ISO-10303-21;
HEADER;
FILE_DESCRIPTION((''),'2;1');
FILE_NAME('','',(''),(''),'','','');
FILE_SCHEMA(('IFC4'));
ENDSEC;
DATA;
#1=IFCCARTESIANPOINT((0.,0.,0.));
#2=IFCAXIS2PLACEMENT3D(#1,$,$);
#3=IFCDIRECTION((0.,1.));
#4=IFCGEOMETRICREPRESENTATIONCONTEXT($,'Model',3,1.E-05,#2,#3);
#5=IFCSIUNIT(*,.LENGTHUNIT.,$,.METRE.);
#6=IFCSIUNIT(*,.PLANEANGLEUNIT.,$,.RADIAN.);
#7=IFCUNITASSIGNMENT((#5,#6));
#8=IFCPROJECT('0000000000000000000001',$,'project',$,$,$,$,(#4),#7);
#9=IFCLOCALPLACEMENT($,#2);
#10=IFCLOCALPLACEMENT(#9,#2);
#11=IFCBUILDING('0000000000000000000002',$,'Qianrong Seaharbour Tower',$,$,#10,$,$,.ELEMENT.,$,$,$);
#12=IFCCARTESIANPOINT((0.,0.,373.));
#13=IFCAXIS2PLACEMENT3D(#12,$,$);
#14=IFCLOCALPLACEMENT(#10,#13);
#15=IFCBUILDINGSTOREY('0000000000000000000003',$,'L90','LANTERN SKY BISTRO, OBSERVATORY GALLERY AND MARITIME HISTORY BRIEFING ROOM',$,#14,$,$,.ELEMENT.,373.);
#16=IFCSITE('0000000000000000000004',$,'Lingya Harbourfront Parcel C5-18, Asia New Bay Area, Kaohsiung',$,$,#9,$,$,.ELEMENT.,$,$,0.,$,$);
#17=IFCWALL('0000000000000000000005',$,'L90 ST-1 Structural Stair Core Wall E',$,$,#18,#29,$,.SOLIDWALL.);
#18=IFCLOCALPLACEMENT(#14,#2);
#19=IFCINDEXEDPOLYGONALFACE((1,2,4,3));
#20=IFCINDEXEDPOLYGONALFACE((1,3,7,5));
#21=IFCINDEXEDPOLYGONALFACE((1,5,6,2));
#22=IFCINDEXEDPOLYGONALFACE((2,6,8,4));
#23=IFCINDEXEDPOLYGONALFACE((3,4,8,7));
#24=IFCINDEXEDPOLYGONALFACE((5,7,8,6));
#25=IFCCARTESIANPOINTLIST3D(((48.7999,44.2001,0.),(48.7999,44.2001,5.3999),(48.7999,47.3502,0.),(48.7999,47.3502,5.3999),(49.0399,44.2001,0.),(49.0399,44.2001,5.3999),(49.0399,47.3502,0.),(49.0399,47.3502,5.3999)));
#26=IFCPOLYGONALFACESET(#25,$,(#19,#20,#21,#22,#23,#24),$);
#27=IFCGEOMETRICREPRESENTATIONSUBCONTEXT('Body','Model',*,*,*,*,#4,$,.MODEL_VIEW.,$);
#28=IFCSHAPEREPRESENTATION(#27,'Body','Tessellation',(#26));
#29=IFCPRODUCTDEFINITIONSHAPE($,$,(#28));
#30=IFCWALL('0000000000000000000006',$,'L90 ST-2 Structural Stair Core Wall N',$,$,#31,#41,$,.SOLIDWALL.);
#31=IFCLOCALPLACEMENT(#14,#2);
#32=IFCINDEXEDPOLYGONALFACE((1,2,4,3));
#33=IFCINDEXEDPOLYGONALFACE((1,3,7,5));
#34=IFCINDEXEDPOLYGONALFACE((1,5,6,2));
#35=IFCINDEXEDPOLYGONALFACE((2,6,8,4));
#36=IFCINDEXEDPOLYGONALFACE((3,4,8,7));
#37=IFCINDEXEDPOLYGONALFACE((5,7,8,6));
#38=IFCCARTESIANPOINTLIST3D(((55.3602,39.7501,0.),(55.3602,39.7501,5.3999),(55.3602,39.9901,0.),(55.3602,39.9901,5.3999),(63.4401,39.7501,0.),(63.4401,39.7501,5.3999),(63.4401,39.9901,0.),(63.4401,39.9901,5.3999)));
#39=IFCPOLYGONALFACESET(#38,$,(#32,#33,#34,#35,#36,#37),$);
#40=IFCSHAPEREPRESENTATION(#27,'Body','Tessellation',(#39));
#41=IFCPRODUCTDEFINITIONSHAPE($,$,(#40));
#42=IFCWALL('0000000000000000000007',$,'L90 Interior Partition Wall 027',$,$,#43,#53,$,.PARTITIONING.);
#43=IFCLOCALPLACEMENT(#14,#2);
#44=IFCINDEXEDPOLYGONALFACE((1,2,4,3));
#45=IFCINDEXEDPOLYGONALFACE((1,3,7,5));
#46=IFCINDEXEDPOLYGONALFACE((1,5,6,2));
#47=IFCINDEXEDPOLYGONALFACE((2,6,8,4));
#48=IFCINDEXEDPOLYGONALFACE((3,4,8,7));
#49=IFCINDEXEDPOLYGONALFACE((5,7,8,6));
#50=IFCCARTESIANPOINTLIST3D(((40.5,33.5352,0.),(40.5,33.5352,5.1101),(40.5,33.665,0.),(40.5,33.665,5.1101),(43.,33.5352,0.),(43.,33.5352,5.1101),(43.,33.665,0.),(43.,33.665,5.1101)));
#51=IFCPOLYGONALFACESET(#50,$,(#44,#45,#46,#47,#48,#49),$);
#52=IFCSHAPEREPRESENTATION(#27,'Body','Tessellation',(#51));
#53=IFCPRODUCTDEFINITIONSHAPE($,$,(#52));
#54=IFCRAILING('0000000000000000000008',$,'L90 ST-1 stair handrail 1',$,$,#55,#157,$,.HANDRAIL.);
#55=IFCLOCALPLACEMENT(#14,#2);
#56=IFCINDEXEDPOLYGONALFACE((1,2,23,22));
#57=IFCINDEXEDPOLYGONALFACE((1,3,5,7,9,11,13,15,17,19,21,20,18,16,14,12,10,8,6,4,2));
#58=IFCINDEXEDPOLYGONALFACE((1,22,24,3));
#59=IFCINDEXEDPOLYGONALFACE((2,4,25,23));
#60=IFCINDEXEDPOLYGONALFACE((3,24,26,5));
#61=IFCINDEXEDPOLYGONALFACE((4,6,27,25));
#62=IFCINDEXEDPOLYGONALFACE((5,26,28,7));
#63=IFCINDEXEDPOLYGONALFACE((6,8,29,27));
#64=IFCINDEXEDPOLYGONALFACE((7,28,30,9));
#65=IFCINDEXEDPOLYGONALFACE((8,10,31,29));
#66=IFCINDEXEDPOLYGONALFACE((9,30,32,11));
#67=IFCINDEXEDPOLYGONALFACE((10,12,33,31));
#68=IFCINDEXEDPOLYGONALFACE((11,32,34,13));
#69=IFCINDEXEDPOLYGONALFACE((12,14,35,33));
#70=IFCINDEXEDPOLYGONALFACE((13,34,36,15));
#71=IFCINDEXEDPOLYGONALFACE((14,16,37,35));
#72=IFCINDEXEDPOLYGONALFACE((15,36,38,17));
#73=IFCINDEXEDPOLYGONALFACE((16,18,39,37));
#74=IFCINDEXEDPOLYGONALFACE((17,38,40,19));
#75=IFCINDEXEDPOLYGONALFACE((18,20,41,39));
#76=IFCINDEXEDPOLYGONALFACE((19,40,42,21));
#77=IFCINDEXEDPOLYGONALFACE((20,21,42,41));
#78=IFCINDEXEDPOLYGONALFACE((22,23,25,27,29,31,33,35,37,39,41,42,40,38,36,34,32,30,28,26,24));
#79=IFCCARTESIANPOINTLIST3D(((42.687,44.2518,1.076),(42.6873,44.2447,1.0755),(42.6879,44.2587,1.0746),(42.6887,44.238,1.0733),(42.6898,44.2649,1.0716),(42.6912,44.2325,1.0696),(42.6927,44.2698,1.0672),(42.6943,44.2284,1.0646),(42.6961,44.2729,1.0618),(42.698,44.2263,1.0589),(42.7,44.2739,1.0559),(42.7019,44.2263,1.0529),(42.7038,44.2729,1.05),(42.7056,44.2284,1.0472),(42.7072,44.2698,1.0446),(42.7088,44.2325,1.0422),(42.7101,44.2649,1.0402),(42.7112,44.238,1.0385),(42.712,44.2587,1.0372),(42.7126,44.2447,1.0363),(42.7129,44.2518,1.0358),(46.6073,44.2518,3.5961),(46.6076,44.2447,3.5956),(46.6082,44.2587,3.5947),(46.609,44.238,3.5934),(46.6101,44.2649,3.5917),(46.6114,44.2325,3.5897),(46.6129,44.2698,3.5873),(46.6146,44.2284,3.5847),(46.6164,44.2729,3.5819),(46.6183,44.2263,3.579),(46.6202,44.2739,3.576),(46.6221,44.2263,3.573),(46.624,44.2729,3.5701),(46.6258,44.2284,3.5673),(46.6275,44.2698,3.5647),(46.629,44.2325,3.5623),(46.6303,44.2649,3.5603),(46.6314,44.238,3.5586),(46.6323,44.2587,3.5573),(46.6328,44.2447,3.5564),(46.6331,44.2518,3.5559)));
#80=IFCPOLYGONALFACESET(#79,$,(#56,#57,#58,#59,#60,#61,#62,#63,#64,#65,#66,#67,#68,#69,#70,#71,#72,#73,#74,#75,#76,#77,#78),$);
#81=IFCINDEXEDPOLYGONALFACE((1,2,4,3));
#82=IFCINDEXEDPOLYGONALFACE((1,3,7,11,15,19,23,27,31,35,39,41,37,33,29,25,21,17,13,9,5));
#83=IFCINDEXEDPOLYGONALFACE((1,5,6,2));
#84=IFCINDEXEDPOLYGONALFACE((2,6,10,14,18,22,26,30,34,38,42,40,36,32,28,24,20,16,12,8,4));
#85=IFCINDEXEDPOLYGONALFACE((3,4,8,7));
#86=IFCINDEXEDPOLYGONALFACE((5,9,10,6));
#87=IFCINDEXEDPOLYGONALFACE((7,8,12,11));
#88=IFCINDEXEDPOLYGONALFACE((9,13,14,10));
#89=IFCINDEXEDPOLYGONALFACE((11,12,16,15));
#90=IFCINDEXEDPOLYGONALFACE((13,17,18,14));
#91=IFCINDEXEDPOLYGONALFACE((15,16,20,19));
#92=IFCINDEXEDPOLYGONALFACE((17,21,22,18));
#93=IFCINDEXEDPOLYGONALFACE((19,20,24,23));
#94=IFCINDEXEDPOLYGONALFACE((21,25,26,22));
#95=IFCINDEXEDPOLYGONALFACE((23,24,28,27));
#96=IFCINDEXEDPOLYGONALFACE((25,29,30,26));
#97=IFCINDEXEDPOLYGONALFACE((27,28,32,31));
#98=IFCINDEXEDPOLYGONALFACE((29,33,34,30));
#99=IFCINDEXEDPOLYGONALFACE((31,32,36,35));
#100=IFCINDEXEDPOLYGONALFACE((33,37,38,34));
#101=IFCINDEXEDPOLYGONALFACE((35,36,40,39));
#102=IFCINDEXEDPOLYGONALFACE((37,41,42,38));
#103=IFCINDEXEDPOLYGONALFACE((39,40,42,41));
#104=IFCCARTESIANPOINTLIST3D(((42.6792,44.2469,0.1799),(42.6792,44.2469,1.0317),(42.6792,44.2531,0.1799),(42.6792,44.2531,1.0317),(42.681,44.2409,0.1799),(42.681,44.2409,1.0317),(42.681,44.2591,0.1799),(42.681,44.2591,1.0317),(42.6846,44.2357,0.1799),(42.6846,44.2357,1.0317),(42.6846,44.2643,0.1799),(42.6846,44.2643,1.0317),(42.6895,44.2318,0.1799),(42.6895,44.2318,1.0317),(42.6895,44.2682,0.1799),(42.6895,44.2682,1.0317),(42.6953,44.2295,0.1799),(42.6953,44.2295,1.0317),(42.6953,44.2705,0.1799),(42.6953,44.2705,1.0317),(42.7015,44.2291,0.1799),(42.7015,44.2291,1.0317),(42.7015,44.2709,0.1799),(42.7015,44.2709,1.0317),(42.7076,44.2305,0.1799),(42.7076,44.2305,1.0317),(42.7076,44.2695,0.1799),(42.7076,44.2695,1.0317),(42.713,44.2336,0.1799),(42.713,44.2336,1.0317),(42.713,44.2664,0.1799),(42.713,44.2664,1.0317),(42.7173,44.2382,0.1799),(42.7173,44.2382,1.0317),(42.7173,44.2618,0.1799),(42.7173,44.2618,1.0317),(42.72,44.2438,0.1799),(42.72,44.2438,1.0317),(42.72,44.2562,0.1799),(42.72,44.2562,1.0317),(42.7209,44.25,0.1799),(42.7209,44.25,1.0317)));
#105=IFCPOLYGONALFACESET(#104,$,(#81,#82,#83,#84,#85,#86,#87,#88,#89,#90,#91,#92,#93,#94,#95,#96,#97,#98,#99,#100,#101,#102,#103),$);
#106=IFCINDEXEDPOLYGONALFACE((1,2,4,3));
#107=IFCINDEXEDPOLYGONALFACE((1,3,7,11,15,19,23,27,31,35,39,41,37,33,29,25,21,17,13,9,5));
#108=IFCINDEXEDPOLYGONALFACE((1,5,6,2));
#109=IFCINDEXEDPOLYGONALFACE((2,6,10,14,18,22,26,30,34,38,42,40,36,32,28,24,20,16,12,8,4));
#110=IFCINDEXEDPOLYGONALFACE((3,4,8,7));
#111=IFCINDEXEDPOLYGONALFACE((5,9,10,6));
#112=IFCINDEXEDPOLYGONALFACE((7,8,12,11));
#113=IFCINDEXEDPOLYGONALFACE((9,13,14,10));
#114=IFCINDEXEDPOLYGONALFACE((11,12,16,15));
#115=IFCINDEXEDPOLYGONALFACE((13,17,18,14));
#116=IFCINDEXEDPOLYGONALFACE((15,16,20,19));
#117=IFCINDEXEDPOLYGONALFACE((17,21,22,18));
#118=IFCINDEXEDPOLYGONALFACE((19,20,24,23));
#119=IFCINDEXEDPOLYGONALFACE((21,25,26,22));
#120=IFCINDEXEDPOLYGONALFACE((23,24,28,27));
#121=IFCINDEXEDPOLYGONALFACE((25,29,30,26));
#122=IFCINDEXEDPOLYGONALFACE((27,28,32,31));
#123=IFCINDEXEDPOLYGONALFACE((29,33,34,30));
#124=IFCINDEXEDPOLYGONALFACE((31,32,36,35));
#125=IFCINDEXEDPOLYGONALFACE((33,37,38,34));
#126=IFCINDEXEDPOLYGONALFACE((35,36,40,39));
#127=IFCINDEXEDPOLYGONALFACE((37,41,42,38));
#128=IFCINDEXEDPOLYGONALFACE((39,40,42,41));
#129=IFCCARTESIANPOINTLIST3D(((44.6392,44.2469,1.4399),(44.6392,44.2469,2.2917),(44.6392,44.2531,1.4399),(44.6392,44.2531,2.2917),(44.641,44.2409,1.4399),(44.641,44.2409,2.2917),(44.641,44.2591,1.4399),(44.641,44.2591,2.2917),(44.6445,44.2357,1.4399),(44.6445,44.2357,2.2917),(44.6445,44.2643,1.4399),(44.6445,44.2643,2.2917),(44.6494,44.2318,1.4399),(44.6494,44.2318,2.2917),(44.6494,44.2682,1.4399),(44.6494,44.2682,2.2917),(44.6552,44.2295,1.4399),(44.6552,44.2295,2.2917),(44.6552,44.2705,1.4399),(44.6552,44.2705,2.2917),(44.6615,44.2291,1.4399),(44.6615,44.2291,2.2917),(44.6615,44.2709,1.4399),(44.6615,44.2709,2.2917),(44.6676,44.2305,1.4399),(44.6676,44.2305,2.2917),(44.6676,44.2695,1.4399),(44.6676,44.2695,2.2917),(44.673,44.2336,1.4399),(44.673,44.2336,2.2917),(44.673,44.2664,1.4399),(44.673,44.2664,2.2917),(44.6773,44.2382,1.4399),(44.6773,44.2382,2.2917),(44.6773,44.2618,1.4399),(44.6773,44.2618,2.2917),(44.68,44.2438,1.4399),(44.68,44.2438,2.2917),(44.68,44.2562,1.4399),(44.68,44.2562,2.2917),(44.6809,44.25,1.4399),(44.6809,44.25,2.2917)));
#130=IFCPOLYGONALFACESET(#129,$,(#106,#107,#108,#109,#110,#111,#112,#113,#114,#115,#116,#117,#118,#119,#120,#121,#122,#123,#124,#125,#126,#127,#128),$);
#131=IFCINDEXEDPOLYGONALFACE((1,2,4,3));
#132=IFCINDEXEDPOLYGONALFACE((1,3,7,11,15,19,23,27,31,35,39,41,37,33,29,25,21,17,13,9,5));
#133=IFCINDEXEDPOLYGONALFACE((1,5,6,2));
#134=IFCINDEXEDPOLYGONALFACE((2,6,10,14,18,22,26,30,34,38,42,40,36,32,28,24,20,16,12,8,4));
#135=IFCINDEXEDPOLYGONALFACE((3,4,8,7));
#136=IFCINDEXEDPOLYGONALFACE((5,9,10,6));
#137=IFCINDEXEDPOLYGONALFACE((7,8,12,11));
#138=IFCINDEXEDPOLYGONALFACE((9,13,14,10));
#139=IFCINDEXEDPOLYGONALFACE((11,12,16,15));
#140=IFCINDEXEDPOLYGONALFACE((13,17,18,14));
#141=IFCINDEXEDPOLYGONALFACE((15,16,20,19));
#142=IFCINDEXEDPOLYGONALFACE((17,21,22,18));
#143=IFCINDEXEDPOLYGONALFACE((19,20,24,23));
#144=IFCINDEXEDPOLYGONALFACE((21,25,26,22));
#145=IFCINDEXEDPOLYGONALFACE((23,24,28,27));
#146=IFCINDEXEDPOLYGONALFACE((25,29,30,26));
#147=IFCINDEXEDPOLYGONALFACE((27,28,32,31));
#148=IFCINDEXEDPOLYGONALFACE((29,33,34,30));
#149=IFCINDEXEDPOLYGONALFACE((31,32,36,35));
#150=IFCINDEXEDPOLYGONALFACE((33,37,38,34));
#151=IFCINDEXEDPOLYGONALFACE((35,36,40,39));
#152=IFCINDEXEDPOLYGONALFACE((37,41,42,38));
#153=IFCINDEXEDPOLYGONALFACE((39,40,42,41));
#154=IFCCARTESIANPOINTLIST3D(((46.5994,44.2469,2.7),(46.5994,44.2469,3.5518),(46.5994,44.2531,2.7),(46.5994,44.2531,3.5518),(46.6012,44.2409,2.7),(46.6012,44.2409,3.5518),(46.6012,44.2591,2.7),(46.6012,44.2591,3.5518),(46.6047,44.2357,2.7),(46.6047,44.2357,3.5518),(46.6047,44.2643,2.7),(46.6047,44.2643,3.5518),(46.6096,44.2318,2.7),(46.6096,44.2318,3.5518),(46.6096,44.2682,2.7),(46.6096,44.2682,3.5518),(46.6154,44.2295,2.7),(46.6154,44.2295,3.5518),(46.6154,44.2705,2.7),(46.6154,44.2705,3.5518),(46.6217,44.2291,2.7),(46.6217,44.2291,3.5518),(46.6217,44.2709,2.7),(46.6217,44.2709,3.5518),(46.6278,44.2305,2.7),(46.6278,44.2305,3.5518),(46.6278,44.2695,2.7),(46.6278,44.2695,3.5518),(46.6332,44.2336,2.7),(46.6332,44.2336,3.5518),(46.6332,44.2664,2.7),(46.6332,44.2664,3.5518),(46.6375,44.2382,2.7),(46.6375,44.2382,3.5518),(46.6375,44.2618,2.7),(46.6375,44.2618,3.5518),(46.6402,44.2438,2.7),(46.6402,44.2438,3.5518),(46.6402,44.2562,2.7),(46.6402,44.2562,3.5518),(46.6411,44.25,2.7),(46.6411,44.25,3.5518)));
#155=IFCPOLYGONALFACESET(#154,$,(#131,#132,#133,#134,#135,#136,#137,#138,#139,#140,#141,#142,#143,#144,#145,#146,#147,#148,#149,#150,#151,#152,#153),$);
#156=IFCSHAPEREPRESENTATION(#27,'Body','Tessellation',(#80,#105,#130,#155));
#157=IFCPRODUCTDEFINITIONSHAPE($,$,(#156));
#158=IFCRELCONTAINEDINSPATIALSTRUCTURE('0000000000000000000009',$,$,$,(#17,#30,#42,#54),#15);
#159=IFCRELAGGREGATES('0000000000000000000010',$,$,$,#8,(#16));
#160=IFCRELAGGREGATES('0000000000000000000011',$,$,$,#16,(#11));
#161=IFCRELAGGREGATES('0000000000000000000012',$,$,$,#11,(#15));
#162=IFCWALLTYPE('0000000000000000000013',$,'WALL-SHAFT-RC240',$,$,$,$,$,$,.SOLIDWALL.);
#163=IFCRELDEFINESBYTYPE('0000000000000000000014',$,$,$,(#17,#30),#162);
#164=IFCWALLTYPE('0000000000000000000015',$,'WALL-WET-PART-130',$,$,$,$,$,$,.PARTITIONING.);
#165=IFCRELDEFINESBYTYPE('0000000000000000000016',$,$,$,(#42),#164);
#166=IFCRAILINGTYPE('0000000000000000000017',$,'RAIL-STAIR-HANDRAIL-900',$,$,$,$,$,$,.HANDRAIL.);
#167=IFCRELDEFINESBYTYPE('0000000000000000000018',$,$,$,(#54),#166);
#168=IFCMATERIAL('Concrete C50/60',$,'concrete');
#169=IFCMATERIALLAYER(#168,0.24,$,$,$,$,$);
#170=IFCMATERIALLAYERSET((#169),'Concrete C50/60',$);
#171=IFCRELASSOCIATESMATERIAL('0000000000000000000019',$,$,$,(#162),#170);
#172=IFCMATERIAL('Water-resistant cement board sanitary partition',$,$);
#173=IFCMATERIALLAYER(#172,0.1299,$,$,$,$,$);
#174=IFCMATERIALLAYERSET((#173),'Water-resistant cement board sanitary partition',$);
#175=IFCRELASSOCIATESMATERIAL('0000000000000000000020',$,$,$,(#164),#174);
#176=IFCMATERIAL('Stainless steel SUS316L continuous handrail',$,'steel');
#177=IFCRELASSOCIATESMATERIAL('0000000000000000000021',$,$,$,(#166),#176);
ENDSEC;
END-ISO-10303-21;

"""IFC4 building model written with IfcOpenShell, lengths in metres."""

from ifc_helpers import new_model, si_unit, direction, frame, frame_2d, origin, origin_2d, place, context, subcontext, project, spatial, rectangle, circle, extrude, material, layer, layer_set, type_object, element, save


model = new_model("IFC4")

# Units and contexts
model_context = context("Model", 3, precision=1e-05, world=origin(), true_north=direction((0.0, 1.0)))
body_context = subcontext(model_context, "Body", "Model", "MODEL_VIEW")
ifc_project = project(units=[si_unit("LENGTHUNIT", "METRE"), si_unit("PLANEANGLEUNIT", "RADIAN")], contexts=[model_context])

# Site, building, storey
site_placement = place(None, origin())
site = spatial("IfcSite", under=ifc_project, at=site_placement, Name="Lingya Harbourfront Parcel C5-18, Asia New Bay Area, Kaohsiung", CompositionType="ELEMENT", RefElevation=0.0)
building_placement = place(site_placement, origin())
building = spatial("IfcBuilding", under=site, at=building_placement, Name="Qianrong Seaharbour Tower", CompositionType="ELEMENT")
storey_placement = place(building_placement, frame((0.0, 0.0, 373.0)))
storey = spatial("IfcBuildingStorey", under=building, at=storey_placement, Name="L90", Description="LANTERN SKY BISTRO, OBSERVATORY GALLERY AND MARITIME HISTORY BRIEFING ROOM", CompositionType="ELEMENT", Elevation=373.0)

# Shared definitions
ifc_material_1 = material(Name="Concrete C50/60", Category="concrete")

# Walls
ifc_layer_1 = layer(ifc_material_1, 0.24)
ifc_layer_set_1 = layer_set([ifc_layer_1], Name="Concrete C50/60")
wall_type_1 = type_object("IfcWallType", Name="WALL-SHAFT-RC240", PredefinedType="SOLIDWALL", material=ifc_layer_set_1)
wall_1_placement = place(storey_placement, frame((48.9199, 44.2, 0.0), z_axis=(0.0, 0.0, 1.0), x_axis=(0.0, 1.0, 0.0)))
element("IfcWall", 1, at=wall_1_placement, inside=storey, type_object=wall_type_1, Name="L90 ST-1 Structural Stair Core Wall E", PredefinedType="SOLIDWALL", context=body_context, shape_type="SweptSolid", body=[
    extrude(rectangle(XDim=3.1501, YDim=0.24, at=frame_2d((1.5752, 0.0))), origin(), (0.0, 0.0, 1.0), 5.3999),
])
wall_2_placement = place(storey_placement, frame((55.3601, 39.8701, 0.0), z_axis=(0.0, 0.0, 1.0), x_axis=(1.0, 0.0, 0.0)))
element("IfcWall", 2, at=wall_2_placement, inside=storey, type_object=wall_type_1, Name="L90 ST-2 Structural Stair Core Wall N", PredefinedType="SOLIDWALL", context=body_context, shape_type="SweptSolid", body=[
    extrude(rectangle(XDim=8.0798, YDim=0.24, at=frame_2d((4.04, 0.0))), origin(), (0.0, 0.0, 1.0), 5.3999),
])
ifc_material_2 = material(Name="Water-resistant cement board sanitary partition")
ifc_layer_2 = layer(ifc_material_2, 0.1299)
ifc_layer_set_2 = layer_set([ifc_layer_2], Name="Water-resistant cement board sanitary partition")
wall_type_2 = type_object("IfcWallType", Name="WALL-WET-PART-130", PredefinedType="PARTITIONING", material=ifc_layer_set_2)
wall_3_placement = place(storey_placement, frame((43.0, 33.6001, 0.0), z_axis=(0.0, 0.0, 1.0), x_axis=(-1.0, 0.0, 0.0)))
element("IfcWall", 3, at=wall_3_placement, inside=storey, type_object=wall_type_2, Name="L90 Interior Partition Wall 027", PredefinedType="PARTITIONING", context=body_context, shape_type="SweptSolid", body=[
    extrude(rectangle(XDim=2.5, YDim=0.1299, at=frame_2d((1.25, 0.0))), origin(), (0.0, 0.0, 1.0), 5.1101),
])

# Railing
ifc_material_3 = material(Name="Stainless steel SUS316L continuous handrail", Category="steel")
railing_type = type_object("IfcRailingType", Name="RAIL-STAIR-HANDRAIL-900", PredefinedType="HANDRAIL", material=ifc_material_3)
railing_placement = place(storey_placement, frame((42.7, 44.25, 0.1799)))
element("IfcRailing", 4, at=railing_placement, inside=storey, type_object=railing_type, Name="L90 ST-1 stair handrail 1", PredefinedType="HANDRAIL", context=body_context, shape_type="SweptSolid", body=[
    extrude(circle(Radius=0.0239, at=origin_2d()), frame((0.0, 0.0, 0.876), z_axis=(0.841187, 0.0, 0.540744), x_axis=(0.0, 1.0, 0.0)), (0.0, 0.0, 1.0), 4.6604),
    extrude(circle(Radius=0.021, at=origin_2d()), origin(), (0.0, 0.0, 1.0), 0.8518),
    extrude(circle(Radius=0.021, at=origin_2d()), frame((1.96, 0.0, 1.26)), (0.0, 0.0, 1.0), 0.8518),
    extrude(circle(Radius=0.021, at=origin_2d()), frame((3.9202, 0.0, 2.52)), (0.0, 0.0, 1.0), 0.8518),
])

save(model, "model.ifc")
